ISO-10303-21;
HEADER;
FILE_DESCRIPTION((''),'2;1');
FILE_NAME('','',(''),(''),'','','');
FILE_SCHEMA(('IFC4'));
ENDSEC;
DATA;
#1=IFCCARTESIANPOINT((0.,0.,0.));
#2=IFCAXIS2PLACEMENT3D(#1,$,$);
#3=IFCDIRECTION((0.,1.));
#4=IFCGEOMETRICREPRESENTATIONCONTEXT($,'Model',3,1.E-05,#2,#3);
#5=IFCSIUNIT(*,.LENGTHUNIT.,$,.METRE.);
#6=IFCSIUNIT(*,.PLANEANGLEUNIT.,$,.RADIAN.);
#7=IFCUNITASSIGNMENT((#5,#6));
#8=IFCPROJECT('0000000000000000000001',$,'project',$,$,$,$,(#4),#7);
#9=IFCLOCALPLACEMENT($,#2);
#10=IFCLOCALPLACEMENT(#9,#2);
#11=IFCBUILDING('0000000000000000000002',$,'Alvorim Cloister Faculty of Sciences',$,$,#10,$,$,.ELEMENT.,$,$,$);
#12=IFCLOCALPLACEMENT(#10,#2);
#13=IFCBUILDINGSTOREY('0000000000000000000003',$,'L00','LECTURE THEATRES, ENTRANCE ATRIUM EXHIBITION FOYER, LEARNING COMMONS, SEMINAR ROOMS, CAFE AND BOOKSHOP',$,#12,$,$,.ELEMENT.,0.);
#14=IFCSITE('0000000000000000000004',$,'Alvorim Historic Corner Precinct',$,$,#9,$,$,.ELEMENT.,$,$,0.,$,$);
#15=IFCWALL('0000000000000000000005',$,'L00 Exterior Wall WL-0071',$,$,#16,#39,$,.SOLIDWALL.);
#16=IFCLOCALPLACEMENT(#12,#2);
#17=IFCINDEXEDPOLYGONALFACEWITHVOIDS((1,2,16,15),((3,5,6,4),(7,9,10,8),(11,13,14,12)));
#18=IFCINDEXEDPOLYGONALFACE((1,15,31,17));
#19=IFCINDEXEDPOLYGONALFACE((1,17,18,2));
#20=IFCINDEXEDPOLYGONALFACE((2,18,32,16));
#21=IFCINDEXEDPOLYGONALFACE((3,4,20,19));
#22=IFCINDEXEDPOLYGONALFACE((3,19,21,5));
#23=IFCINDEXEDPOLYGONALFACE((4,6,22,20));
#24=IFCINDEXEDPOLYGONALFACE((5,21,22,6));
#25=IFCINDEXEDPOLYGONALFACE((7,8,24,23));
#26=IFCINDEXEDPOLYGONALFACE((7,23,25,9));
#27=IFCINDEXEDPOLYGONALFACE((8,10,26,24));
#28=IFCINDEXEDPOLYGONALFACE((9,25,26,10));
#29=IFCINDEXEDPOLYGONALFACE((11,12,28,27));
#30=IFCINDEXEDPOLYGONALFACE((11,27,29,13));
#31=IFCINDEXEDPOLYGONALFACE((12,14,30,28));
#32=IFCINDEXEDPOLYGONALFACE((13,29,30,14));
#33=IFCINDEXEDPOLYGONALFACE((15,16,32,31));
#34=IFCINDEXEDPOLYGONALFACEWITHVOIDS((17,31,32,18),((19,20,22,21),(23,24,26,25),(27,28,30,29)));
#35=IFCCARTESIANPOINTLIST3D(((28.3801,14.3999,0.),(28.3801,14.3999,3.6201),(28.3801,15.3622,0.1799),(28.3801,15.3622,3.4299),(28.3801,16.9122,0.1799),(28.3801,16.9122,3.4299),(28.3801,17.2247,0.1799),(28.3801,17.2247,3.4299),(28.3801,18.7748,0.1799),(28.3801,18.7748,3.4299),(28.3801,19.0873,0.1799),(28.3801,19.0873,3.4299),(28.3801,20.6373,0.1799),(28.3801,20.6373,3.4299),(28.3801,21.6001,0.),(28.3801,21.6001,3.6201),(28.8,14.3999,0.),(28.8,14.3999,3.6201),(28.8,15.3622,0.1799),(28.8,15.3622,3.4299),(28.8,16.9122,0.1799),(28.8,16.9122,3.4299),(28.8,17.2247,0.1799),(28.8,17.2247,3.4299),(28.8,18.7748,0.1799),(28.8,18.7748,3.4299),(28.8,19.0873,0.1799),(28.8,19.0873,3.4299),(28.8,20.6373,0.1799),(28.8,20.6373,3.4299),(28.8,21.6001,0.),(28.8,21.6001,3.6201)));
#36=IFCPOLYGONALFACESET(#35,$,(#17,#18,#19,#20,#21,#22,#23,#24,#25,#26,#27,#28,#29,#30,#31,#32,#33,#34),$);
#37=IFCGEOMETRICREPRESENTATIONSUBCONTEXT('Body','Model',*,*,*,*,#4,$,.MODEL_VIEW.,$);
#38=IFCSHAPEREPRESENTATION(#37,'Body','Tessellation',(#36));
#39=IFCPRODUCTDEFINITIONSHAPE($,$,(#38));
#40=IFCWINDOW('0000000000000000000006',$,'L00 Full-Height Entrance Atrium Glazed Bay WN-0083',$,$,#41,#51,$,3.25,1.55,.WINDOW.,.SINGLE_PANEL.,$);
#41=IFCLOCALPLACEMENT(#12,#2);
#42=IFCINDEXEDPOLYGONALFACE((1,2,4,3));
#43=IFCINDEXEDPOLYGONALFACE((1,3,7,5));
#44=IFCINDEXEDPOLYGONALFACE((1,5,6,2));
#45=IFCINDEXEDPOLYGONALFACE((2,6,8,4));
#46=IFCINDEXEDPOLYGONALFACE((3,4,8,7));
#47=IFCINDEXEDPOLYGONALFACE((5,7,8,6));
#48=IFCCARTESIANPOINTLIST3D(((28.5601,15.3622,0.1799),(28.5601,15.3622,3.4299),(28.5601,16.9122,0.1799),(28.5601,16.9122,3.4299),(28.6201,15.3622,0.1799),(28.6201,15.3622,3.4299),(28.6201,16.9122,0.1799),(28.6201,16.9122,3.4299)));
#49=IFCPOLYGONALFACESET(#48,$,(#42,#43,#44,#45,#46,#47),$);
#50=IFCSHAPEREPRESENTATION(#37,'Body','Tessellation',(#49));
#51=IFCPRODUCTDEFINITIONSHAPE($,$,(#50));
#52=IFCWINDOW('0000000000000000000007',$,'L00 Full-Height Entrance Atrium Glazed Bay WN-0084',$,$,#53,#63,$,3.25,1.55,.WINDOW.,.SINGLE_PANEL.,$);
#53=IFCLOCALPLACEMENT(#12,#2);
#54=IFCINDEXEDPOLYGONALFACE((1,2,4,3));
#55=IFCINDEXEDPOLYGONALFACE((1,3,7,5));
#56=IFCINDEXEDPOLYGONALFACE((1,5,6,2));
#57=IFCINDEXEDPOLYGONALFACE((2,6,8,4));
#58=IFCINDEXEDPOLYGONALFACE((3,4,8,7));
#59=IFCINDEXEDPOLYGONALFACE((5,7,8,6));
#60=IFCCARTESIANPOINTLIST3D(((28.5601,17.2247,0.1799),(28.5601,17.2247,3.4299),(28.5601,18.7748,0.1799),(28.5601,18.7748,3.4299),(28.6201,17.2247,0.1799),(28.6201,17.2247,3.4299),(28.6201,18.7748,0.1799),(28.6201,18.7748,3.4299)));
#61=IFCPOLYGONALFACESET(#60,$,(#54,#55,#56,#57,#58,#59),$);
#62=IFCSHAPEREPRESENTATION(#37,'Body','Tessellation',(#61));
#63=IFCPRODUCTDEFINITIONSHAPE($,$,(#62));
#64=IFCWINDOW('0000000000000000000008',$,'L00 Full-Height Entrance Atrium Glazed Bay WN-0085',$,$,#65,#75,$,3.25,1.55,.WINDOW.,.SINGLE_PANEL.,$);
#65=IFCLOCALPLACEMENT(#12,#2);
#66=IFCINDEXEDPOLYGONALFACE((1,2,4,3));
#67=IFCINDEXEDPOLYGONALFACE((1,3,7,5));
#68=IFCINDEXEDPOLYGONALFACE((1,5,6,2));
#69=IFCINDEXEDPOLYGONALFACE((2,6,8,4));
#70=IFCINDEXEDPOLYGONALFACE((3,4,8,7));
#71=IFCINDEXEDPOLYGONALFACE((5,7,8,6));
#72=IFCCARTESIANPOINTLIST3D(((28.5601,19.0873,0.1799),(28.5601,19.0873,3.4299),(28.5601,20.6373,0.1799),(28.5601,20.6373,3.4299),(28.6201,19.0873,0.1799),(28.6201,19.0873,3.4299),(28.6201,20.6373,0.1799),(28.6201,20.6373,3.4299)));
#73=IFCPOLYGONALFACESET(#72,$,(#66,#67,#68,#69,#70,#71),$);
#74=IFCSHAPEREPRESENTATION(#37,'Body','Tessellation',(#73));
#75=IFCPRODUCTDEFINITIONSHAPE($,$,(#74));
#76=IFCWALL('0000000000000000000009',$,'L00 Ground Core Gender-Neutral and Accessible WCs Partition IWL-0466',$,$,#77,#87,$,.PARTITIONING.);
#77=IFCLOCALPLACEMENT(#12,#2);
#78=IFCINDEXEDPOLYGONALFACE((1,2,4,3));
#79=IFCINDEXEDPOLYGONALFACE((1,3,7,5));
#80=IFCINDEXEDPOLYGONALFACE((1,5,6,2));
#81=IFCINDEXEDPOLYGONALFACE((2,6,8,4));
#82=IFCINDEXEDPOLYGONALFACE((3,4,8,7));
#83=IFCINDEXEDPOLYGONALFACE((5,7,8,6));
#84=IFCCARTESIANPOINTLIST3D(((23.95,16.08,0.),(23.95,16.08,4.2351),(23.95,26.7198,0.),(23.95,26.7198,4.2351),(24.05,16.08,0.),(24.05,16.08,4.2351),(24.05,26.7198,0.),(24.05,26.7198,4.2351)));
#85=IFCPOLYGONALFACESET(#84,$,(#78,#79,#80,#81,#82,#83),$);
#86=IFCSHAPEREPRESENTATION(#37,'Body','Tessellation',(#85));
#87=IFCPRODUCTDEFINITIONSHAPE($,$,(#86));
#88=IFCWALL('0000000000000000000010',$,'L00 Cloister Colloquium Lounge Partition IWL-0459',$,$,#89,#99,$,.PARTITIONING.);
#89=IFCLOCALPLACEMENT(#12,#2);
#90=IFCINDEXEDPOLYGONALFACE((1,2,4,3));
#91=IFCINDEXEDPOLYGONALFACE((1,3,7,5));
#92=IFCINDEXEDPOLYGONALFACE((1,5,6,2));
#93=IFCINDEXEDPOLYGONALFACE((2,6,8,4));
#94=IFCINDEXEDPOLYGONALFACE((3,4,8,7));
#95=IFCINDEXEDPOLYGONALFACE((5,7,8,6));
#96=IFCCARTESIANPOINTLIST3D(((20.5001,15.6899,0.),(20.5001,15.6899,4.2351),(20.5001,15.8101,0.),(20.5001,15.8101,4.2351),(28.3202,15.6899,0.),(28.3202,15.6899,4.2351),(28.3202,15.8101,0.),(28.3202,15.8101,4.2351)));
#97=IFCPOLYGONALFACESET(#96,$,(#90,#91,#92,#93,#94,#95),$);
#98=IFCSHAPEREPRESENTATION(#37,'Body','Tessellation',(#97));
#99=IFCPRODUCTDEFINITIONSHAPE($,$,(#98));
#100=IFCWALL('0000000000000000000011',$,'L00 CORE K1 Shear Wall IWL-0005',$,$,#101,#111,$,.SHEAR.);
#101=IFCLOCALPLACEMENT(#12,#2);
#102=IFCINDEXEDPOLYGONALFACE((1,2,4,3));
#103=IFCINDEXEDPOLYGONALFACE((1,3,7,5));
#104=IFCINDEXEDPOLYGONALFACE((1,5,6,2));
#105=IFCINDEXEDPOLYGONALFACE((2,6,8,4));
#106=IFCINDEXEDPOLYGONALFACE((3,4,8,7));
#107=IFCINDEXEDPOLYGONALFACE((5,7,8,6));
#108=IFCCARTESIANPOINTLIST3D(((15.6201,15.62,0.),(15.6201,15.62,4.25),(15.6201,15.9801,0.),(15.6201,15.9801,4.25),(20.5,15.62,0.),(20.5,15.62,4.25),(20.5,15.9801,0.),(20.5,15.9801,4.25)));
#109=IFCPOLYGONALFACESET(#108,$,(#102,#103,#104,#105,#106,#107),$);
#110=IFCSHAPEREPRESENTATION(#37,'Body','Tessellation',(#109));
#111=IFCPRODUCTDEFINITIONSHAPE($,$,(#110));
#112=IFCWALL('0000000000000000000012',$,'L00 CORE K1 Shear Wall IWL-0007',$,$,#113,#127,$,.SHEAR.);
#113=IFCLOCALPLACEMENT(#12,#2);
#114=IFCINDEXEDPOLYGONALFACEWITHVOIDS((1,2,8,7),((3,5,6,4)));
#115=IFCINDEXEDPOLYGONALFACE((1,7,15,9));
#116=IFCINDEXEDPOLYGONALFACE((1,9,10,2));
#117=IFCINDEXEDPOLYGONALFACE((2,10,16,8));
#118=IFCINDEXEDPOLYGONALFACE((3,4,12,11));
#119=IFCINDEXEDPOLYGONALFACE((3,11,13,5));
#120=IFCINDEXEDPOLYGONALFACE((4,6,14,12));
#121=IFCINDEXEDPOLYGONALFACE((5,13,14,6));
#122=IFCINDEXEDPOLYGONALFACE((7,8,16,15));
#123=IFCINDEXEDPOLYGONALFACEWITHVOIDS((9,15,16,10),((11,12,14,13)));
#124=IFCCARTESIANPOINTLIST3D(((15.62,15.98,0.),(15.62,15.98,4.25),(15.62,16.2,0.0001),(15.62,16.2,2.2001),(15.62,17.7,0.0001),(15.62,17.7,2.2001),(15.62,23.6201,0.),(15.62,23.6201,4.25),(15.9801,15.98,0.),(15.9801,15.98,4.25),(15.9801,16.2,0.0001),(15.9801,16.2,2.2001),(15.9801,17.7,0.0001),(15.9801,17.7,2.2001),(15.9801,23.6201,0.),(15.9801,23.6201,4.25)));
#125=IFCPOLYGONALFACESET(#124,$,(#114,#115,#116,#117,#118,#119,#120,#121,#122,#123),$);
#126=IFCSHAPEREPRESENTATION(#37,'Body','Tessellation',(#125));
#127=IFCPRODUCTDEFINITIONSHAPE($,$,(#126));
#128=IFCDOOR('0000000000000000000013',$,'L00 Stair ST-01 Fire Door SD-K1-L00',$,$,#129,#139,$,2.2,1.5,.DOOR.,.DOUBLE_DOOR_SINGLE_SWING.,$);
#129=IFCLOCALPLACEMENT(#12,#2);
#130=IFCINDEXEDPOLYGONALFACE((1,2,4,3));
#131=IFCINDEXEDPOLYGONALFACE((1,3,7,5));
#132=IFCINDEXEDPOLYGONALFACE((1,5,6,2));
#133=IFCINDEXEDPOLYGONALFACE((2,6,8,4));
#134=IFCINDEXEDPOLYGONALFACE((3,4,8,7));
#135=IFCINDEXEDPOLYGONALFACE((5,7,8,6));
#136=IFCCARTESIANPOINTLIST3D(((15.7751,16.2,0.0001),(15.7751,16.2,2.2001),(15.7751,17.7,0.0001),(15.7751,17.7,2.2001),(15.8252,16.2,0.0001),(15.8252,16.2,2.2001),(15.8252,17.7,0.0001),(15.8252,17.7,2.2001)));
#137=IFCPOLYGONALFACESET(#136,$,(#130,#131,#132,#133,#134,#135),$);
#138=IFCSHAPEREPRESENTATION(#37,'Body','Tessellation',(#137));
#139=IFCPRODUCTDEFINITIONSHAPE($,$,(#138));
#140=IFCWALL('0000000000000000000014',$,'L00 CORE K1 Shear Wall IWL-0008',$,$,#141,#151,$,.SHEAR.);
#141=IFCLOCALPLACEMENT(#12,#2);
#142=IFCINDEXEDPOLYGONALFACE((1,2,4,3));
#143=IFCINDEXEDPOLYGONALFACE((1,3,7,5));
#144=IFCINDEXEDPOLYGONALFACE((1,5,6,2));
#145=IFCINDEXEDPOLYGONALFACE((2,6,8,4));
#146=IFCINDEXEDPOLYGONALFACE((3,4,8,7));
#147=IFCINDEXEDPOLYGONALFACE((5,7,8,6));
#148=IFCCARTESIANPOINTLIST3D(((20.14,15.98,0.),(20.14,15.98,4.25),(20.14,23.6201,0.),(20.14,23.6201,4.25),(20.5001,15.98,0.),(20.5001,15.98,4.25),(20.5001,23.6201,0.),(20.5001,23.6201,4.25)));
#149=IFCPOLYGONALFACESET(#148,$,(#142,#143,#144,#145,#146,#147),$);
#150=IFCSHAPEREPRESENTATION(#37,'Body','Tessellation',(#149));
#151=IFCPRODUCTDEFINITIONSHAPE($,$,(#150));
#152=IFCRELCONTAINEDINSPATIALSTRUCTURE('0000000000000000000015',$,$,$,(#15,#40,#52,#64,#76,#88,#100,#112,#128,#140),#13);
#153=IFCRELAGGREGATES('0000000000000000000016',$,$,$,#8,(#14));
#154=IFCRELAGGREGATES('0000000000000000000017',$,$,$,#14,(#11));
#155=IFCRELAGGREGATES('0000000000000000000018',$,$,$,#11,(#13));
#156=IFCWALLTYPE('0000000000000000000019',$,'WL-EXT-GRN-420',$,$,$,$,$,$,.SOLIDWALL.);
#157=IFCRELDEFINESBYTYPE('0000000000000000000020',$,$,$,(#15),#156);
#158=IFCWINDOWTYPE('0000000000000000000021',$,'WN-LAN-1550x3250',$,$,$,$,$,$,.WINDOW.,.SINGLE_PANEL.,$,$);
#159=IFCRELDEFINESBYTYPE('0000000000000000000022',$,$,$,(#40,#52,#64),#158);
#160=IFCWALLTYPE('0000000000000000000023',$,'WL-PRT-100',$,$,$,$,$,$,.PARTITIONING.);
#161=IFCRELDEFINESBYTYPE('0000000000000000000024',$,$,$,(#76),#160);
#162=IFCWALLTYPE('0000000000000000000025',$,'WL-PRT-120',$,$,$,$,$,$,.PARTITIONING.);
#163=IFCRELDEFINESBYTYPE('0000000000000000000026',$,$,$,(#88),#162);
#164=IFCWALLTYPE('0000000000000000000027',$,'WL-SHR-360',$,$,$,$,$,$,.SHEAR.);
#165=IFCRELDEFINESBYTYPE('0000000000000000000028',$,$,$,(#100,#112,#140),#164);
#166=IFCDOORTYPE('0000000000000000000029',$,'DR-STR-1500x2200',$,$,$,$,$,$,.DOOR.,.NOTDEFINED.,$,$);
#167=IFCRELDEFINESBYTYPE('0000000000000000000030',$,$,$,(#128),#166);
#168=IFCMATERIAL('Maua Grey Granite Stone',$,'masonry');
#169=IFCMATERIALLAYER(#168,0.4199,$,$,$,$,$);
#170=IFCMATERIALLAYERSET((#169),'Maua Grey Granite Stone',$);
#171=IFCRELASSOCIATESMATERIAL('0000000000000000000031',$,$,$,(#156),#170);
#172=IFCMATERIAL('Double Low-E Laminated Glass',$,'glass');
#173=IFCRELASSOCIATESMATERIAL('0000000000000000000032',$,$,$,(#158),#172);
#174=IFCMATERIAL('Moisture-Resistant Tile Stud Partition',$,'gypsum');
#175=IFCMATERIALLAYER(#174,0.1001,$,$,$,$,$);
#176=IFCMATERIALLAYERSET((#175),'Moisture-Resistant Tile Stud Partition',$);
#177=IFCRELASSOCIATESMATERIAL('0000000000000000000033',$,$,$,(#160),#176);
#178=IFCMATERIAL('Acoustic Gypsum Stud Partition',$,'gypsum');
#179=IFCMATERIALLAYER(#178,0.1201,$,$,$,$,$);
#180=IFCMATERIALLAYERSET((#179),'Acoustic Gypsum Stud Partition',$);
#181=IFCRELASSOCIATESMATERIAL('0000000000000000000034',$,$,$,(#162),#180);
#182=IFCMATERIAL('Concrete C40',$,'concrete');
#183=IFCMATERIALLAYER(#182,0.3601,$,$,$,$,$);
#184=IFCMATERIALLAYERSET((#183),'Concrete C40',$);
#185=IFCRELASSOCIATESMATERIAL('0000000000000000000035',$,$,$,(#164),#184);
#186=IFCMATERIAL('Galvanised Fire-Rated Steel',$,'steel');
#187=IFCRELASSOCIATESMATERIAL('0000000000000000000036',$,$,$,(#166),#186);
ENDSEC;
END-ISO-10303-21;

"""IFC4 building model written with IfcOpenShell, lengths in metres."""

from ifc_helpers import new_model, si_unit, direction, frame, frame_2d, origin, place, context, subcontext, project, spatial, rectangle, extrude, material, layer, layer_set, type_object, element, fill, save


model = new_model("IFC4")

# Units and contexts
model_context = context("Model", 3, precision=1e-05, world=origin(), true_north=direction((0.0, 1.0)))
body_context = subcontext(model_context, "Body", "Model", "MODEL_VIEW")
ifc_project = project(units=[si_unit("LENGTHUNIT", "METRE"), si_unit("PLANEANGLEUNIT", "RADIAN")], contexts=[model_context])

# Site, building, storey
site_placement = place(None, origin())
site = spatial("IfcSite", under=ifc_project, at=site_placement, Name="Alvorim Historic Corner Precinct", CompositionType="ELEMENT", RefElevation=0.0)
building_placement = place(site_placement, origin())
building = spatial("IfcBuilding", under=site, at=building_placement, Name="Alvorim Cloister Faculty of Sciences", CompositionType="ELEMENT")
storey_placement = place(building_placement, origin())
storey = spatial("IfcBuildingStorey", under=building, at=storey_placement, Name="L00", Description="LECTURE THEATRES, ENTRANCE ATRIUM EXHIBITION FOYER, LEARNING COMMONS, SEMINAR ROOMS, CAFE AND BOOKSHOP", CompositionType="ELEMENT", Elevation=0.0)

# Shared definitions
ifc_material_1 = material(Name="Concrete C40", Category="concrete")

# Wall, openings, windows
ifc_material_2 = material(Name="Maua Grey Granite Stone", Category="masonry")
ifc_layer_1 = layer(ifc_material_2, 0.4199)
ifc_layer_set_1 = layer_set([ifc_layer_1], Name="Maua Grey Granite Stone")
wall_type_1 = type_object("IfcWallType", Name="WL-EXT-GRN-420", PredefinedType="SOLIDWALL", material=ifc_layer_set_1)
ifc_material_3 = material(Name="Double Low-E Laminated Glass", Category="glass")
wall_1_placement = place(storey_placement, frame((28.5901, 14.3999, 0.0), z_axis=(0.0, 0.0, 1.0), x_axis=(0.0, 1.0, 0.0)))
wall_1 = element("IfcWall", 1, at=wall_1_placement, inside=storey, type_object=wall_type_1, Name="L00 Exterior Wall WL-0071", PredefinedType="SOLIDWALL", context=body_context, shape_type="SweptSolid", body=[
    extrude(rectangle(XDim=7.2002, YDim=0.4199, at=frame_2d((3.6001, 0.0))), origin(), (0.0, 0.0, 1.0), 3.6201),
])
opening_1_placement = place(wall_1_placement, frame((0.9624, 0.0, 0.1799)))
opening_1 = element("IfcOpeningElement", 2, at=opening_1_placement, cuts=wall_1, PredefinedType="OPENING", context=body_context, shape_type="SweptSolid", body=[
    extrude(rectangle(XDim=1.55, YDim=3.25, at=frame_2d((0.7749, 1.625))), frame((0.0, 0.2219, 0.0), z_axis=(0.0, -1.0, 0.0), x_axis=(1.0, 0.0, 0.0)), (0.0, 0.0, 1.0), 0.4438),
])
opening_2_placement = place(wall_1_placement, frame((2.825, 0.0, 0.1799)))
opening_2 = element("IfcOpeningElement", 3, at=opening_2_placement, cuts=wall_1, PredefinedType="OPENING", context=body_context, shape_type="SweptSolid", body=[
    extrude(rectangle(XDim=1.55, YDim=3.25, at=frame_2d((0.7749, 1.625))), frame((0.0, 0.2219, 0.0), z_axis=(0.0, -1.0, 0.0), x_axis=(1.0, 0.0, 0.0)), (0.0, 0.0, 1.0), 0.4438),
])
opening_3_placement = place(wall_1_placement, frame((4.6875, 0.0, 0.1799)))
opening_3 = element("IfcOpeningElement", 4, at=opening_3_placement, cuts=wall_1, PredefinedType="OPENING", context=body_context, shape_type="SweptSolid", body=[
    extrude(rectangle(XDim=1.55, YDim=3.25, at=frame_2d((0.7749, 1.625))), frame((0.0, 0.2219, 0.0), z_axis=(0.0, -1.0, 0.0), x_axis=(1.0, 0.0, 0.0)), (0.0, 0.0, 1.0), 0.4438),
])
window_type_1 = type_object("IfcWindowType", Name="WN-LAN-1550x3250", PartitioningType="SINGLE_PANEL", PredefinedType="WINDOW", material=ifc_material_3)
window_1_placement = place(opening_1_placement, origin())
window_1 = element("IfcWindow", 5, at=window_1_placement, inside=storey, type_object=window_type_1, Name="L00 Full-Height Entrance Atrium Glazed Bay WN-0083", OverallHeight=3.25, OverallWidth=1.55, PartitioningType="SINGLE_PANEL", PredefinedType="WINDOW", context=body_context, shape_type="SweptSolid", body=[
    extrude(rectangle(XDim=1.55, YDim=3.25, at=frame_2d((0.7749, 1.625))), frame((0.0, 0.03, 0.0), z_axis=(0.0, -1.0, 0.0), x_axis=(1.0, 0.0, 0.0)), (0.0, 0.0, 1.0), 0.0601),
])
fill(opening_1, window_1)
window_2_placement = place(opening_2_placement, origin())
window_2 = element("IfcWindow", 6, at=window_2_placement, inside=storey, type_object=window_type_1, Name="L00 Full-Height Entrance Atrium Glazed Bay WN-0084", OverallHeight=3.25, OverallWidth=1.55, PartitioningType="SINGLE_PANEL", PredefinedType="WINDOW", context=body_context, shape_type="SweptSolid", body=[
    extrude(rectangle(XDim=1.55, YDim=3.25, at=frame_2d((0.7749, 1.625))), frame((0.0, 0.03, 0.0), z_axis=(0.0, -1.0, 0.0), x_axis=(1.0, 0.0, 0.0)), (0.0, 0.0, 1.0), 0.0601),
])
fill(opening_2, window_2)
window_3_placement = place(opening_3_placement, origin())
window_3 = element("IfcWindow", 7, at=window_3_placement, inside=storey, type_object=window_type_1, Name="L00 Full-Height Entrance Atrium Glazed Bay WN-0085", OverallHeight=3.25, OverallWidth=1.55, PartitioningType="SINGLE_PANEL", PredefinedType="WINDOW", context=body_context, shape_type="SweptSolid", body=[
    extrude(rectangle(XDim=1.55, YDim=3.25, at=frame_2d((0.7749, 1.625))), frame((0.0, 0.03, 0.0), z_axis=(0.0, -1.0, 0.0), x_axis=(1.0, 0.0, 0.0)), (0.0, 0.0, 1.0), 0.0601),
])
fill(opening_3, window_3)

# Walls
ifc_material_4 = material(Name="Moisture-Resistant Tile Stud Partition", Category="gypsum")
ifc_layer_2 = layer(ifc_material_4, 0.1001)
ifc_layer_set_2 = layer_set([ifc_layer_2], Name="Moisture-Resistant Tile Stud Partition")
wall_type_2 = type_object("IfcWallType", Name="WL-PRT-100", PredefinedType="PARTITIONING", material=ifc_layer_set_2)
wall_2_placement = place(storey_placement, frame((24.0, 16.0801, 0.0), z_axis=(0.0, 0.0, 1.0), x_axis=(0.0, 1.0, 0.0)))
element("IfcWall", 8, at=wall_2_placement, inside=storey, type_object=wall_type_2, Name="L00 Ground Core Gender-Neutral and Accessible WCs Partition IWL-0466", PredefinedType="PARTITIONING", context=body_context, shape_type="SweptSolid", body=[
    extrude(rectangle(XDim=10.6399, YDim=0.1001, at=frame_2d((5.3198, 0.0))), origin(), (0.0, 0.0, 1.0), 4.2351),
])
ifc_material_5 = material(Name="Acoustic Gypsum Stud Partition", Category="gypsum")
ifc_layer_3 = layer(ifc_material_5, 0.1201)
ifc_layer_set_3 = layer_set([ifc_layer_3], Name="Acoustic Gypsum Stud Partition")
wall_type_3 = type_object("IfcWallType", Name="WL-PRT-120", PredefinedType="PARTITIONING", material=ifc_layer_set_3)
wall_3_placement = place(storey_placement, frame((20.5, 15.75, 0.0), z_axis=(0.0, 0.0, 1.0), x_axis=(1.0, 0.0, 0.0)))
element("IfcWall", 9, at=wall_3_placement, inside=storey, type_object=wall_type_3, Name="L00 Cloister Colloquium Lounge Partition IWL-0459", PredefinedType="PARTITIONING", context=body_context, shape_type="SweptSolid", body=[
    extrude(rectangle(XDim=7.8201, YDim=0.1201, at=frame_2d((3.9102, 0.0))), origin(), (0.0, 0.0, 1.0), 4.2351),
])
ifc_layer_4 = layer(ifc_material_1, 0.3601)
ifc_layer_set_4 = layer_set([ifc_layer_4], Name="Concrete C40")
wall_type_4 = type_object("IfcWallType", Name="WL-SHR-360", PredefinedType="SHEAR", material=ifc_layer_set_4)
wall_4_placement = place(storey_placement, frame((15.6201, 15.8, 0.0), z_axis=(0.0, 0.0, 1.0), x_axis=(1.0, 0.0, 0.0)))
element("IfcWall", 10, at=wall_4_placement, inside=storey, type_object=wall_type_4, Name="L00 CORE K1 Shear Wall IWL-0005", PredefinedType="SHEAR", context=body_context, shape_type="SweptSolid", body=[
    extrude(rectangle(XDim=4.8799, YDim=0.3601, at=frame_2d((2.4399, 0.0))), origin(), (0.0, 0.0, 1.0), 4.25),
])

# Wall, opening, door
wall_5_placement = place(storey_placement, frame((15.8, 15.98, 0.0), z_axis=(0.0, 0.0, 1.0), x_axis=(0.0, 1.0, 0.0)))
wall_5 = element("IfcWall", 11, at=wall_5_placement, inside=storey, type_object=wall_type_4, Name="L00 CORE K1 Shear Wall IWL-0007", PredefinedType="SHEAR", context=body_context, shape_type="SweptSolid", body=[
    extrude(rectangle(XDim=7.6401, YDim=0.3601, at=frame_2d((3.8201, 0.0))), origin(), (0.0, 0.0, 1.0), 4.25),
])
opening_4_placement = place(wall_5_placement, frame((0.22, 0.0, 0.0)))
opening_4 = element("IfcOpeningElement", 12, at=opening_4_placement, cuts=wall_5, PredefinedType="OPENING", context=body_context, shape_type="SweptSolid", body=[
    extrude(rectangle(XDim=1.5, YDim=2.2, at=frame_2d((0.75, 1.1001))), frame((0.0, 0.1919, 0.0), z_axis=(0.0, -1.0, 0.0), x_axis=(1.0, 0.0, 0.0)), (0.0, 0.0, 1.0), 0.384),
])
ifc_material_6 = material(Name="Galvanised Fire-Rated Steel", Category="steel")
door_type = type_object("IfcDoorType", Name="DR-STR-1500x2200", OperationType="NOTDEFINED", PredefinedType="DOOR", material=ifc_material_6)
door_placement = place(opening_4_placement, origin())
door = element("IfcDoor", 13, at=door_placement, inside=storey, type_object=door_type, Name="L00 Stair ST-01 Fire Door SD-K1-L00", OperationType="DOUBLE_DOOR_SINGLE_SWING", OverallHeight=2.2, OverallWidth=1.5, PredefinedType="DOOR", context=body_context, shape_type="SweptSolid", body=[
    extrude(rectangle(XDim=1.5, YDim=2.2, at=frame_2d((0.75, 1.1001))), frame((0.0, 0.0249, 0.0), z_axis=(0.0, -1.0, 0.0), x_axis=(1.0, 0.0, 0.0)), (0.0, 0.0, 1.0), 0.05),
])
fill(opening_4, door)

# Wall
wall_6_placement = place(storey_placement, frame((20.3201, 15.98, 0.0), z_axis=(0.0, 0.0, 1.0), x_axis=(0.0, 1.0, 0.0)))
element("IfcWall", 14, at=wall_6_placement, inside=storey, type_object=wall_type_4, Name="L00 CORE K1 Shear Wall IWL-0008", PredefinedType="SHEAR", context=body_context, shape_type="SweptSolid", body=[
    extrude(rectangle(XDim=7.6401, YDim=0.3601, at=frame_2d((3.8201, 0.0))), origin(), (0.0, 0.0, 1.0), 4.25),
])

save(model, "model.ifc")
